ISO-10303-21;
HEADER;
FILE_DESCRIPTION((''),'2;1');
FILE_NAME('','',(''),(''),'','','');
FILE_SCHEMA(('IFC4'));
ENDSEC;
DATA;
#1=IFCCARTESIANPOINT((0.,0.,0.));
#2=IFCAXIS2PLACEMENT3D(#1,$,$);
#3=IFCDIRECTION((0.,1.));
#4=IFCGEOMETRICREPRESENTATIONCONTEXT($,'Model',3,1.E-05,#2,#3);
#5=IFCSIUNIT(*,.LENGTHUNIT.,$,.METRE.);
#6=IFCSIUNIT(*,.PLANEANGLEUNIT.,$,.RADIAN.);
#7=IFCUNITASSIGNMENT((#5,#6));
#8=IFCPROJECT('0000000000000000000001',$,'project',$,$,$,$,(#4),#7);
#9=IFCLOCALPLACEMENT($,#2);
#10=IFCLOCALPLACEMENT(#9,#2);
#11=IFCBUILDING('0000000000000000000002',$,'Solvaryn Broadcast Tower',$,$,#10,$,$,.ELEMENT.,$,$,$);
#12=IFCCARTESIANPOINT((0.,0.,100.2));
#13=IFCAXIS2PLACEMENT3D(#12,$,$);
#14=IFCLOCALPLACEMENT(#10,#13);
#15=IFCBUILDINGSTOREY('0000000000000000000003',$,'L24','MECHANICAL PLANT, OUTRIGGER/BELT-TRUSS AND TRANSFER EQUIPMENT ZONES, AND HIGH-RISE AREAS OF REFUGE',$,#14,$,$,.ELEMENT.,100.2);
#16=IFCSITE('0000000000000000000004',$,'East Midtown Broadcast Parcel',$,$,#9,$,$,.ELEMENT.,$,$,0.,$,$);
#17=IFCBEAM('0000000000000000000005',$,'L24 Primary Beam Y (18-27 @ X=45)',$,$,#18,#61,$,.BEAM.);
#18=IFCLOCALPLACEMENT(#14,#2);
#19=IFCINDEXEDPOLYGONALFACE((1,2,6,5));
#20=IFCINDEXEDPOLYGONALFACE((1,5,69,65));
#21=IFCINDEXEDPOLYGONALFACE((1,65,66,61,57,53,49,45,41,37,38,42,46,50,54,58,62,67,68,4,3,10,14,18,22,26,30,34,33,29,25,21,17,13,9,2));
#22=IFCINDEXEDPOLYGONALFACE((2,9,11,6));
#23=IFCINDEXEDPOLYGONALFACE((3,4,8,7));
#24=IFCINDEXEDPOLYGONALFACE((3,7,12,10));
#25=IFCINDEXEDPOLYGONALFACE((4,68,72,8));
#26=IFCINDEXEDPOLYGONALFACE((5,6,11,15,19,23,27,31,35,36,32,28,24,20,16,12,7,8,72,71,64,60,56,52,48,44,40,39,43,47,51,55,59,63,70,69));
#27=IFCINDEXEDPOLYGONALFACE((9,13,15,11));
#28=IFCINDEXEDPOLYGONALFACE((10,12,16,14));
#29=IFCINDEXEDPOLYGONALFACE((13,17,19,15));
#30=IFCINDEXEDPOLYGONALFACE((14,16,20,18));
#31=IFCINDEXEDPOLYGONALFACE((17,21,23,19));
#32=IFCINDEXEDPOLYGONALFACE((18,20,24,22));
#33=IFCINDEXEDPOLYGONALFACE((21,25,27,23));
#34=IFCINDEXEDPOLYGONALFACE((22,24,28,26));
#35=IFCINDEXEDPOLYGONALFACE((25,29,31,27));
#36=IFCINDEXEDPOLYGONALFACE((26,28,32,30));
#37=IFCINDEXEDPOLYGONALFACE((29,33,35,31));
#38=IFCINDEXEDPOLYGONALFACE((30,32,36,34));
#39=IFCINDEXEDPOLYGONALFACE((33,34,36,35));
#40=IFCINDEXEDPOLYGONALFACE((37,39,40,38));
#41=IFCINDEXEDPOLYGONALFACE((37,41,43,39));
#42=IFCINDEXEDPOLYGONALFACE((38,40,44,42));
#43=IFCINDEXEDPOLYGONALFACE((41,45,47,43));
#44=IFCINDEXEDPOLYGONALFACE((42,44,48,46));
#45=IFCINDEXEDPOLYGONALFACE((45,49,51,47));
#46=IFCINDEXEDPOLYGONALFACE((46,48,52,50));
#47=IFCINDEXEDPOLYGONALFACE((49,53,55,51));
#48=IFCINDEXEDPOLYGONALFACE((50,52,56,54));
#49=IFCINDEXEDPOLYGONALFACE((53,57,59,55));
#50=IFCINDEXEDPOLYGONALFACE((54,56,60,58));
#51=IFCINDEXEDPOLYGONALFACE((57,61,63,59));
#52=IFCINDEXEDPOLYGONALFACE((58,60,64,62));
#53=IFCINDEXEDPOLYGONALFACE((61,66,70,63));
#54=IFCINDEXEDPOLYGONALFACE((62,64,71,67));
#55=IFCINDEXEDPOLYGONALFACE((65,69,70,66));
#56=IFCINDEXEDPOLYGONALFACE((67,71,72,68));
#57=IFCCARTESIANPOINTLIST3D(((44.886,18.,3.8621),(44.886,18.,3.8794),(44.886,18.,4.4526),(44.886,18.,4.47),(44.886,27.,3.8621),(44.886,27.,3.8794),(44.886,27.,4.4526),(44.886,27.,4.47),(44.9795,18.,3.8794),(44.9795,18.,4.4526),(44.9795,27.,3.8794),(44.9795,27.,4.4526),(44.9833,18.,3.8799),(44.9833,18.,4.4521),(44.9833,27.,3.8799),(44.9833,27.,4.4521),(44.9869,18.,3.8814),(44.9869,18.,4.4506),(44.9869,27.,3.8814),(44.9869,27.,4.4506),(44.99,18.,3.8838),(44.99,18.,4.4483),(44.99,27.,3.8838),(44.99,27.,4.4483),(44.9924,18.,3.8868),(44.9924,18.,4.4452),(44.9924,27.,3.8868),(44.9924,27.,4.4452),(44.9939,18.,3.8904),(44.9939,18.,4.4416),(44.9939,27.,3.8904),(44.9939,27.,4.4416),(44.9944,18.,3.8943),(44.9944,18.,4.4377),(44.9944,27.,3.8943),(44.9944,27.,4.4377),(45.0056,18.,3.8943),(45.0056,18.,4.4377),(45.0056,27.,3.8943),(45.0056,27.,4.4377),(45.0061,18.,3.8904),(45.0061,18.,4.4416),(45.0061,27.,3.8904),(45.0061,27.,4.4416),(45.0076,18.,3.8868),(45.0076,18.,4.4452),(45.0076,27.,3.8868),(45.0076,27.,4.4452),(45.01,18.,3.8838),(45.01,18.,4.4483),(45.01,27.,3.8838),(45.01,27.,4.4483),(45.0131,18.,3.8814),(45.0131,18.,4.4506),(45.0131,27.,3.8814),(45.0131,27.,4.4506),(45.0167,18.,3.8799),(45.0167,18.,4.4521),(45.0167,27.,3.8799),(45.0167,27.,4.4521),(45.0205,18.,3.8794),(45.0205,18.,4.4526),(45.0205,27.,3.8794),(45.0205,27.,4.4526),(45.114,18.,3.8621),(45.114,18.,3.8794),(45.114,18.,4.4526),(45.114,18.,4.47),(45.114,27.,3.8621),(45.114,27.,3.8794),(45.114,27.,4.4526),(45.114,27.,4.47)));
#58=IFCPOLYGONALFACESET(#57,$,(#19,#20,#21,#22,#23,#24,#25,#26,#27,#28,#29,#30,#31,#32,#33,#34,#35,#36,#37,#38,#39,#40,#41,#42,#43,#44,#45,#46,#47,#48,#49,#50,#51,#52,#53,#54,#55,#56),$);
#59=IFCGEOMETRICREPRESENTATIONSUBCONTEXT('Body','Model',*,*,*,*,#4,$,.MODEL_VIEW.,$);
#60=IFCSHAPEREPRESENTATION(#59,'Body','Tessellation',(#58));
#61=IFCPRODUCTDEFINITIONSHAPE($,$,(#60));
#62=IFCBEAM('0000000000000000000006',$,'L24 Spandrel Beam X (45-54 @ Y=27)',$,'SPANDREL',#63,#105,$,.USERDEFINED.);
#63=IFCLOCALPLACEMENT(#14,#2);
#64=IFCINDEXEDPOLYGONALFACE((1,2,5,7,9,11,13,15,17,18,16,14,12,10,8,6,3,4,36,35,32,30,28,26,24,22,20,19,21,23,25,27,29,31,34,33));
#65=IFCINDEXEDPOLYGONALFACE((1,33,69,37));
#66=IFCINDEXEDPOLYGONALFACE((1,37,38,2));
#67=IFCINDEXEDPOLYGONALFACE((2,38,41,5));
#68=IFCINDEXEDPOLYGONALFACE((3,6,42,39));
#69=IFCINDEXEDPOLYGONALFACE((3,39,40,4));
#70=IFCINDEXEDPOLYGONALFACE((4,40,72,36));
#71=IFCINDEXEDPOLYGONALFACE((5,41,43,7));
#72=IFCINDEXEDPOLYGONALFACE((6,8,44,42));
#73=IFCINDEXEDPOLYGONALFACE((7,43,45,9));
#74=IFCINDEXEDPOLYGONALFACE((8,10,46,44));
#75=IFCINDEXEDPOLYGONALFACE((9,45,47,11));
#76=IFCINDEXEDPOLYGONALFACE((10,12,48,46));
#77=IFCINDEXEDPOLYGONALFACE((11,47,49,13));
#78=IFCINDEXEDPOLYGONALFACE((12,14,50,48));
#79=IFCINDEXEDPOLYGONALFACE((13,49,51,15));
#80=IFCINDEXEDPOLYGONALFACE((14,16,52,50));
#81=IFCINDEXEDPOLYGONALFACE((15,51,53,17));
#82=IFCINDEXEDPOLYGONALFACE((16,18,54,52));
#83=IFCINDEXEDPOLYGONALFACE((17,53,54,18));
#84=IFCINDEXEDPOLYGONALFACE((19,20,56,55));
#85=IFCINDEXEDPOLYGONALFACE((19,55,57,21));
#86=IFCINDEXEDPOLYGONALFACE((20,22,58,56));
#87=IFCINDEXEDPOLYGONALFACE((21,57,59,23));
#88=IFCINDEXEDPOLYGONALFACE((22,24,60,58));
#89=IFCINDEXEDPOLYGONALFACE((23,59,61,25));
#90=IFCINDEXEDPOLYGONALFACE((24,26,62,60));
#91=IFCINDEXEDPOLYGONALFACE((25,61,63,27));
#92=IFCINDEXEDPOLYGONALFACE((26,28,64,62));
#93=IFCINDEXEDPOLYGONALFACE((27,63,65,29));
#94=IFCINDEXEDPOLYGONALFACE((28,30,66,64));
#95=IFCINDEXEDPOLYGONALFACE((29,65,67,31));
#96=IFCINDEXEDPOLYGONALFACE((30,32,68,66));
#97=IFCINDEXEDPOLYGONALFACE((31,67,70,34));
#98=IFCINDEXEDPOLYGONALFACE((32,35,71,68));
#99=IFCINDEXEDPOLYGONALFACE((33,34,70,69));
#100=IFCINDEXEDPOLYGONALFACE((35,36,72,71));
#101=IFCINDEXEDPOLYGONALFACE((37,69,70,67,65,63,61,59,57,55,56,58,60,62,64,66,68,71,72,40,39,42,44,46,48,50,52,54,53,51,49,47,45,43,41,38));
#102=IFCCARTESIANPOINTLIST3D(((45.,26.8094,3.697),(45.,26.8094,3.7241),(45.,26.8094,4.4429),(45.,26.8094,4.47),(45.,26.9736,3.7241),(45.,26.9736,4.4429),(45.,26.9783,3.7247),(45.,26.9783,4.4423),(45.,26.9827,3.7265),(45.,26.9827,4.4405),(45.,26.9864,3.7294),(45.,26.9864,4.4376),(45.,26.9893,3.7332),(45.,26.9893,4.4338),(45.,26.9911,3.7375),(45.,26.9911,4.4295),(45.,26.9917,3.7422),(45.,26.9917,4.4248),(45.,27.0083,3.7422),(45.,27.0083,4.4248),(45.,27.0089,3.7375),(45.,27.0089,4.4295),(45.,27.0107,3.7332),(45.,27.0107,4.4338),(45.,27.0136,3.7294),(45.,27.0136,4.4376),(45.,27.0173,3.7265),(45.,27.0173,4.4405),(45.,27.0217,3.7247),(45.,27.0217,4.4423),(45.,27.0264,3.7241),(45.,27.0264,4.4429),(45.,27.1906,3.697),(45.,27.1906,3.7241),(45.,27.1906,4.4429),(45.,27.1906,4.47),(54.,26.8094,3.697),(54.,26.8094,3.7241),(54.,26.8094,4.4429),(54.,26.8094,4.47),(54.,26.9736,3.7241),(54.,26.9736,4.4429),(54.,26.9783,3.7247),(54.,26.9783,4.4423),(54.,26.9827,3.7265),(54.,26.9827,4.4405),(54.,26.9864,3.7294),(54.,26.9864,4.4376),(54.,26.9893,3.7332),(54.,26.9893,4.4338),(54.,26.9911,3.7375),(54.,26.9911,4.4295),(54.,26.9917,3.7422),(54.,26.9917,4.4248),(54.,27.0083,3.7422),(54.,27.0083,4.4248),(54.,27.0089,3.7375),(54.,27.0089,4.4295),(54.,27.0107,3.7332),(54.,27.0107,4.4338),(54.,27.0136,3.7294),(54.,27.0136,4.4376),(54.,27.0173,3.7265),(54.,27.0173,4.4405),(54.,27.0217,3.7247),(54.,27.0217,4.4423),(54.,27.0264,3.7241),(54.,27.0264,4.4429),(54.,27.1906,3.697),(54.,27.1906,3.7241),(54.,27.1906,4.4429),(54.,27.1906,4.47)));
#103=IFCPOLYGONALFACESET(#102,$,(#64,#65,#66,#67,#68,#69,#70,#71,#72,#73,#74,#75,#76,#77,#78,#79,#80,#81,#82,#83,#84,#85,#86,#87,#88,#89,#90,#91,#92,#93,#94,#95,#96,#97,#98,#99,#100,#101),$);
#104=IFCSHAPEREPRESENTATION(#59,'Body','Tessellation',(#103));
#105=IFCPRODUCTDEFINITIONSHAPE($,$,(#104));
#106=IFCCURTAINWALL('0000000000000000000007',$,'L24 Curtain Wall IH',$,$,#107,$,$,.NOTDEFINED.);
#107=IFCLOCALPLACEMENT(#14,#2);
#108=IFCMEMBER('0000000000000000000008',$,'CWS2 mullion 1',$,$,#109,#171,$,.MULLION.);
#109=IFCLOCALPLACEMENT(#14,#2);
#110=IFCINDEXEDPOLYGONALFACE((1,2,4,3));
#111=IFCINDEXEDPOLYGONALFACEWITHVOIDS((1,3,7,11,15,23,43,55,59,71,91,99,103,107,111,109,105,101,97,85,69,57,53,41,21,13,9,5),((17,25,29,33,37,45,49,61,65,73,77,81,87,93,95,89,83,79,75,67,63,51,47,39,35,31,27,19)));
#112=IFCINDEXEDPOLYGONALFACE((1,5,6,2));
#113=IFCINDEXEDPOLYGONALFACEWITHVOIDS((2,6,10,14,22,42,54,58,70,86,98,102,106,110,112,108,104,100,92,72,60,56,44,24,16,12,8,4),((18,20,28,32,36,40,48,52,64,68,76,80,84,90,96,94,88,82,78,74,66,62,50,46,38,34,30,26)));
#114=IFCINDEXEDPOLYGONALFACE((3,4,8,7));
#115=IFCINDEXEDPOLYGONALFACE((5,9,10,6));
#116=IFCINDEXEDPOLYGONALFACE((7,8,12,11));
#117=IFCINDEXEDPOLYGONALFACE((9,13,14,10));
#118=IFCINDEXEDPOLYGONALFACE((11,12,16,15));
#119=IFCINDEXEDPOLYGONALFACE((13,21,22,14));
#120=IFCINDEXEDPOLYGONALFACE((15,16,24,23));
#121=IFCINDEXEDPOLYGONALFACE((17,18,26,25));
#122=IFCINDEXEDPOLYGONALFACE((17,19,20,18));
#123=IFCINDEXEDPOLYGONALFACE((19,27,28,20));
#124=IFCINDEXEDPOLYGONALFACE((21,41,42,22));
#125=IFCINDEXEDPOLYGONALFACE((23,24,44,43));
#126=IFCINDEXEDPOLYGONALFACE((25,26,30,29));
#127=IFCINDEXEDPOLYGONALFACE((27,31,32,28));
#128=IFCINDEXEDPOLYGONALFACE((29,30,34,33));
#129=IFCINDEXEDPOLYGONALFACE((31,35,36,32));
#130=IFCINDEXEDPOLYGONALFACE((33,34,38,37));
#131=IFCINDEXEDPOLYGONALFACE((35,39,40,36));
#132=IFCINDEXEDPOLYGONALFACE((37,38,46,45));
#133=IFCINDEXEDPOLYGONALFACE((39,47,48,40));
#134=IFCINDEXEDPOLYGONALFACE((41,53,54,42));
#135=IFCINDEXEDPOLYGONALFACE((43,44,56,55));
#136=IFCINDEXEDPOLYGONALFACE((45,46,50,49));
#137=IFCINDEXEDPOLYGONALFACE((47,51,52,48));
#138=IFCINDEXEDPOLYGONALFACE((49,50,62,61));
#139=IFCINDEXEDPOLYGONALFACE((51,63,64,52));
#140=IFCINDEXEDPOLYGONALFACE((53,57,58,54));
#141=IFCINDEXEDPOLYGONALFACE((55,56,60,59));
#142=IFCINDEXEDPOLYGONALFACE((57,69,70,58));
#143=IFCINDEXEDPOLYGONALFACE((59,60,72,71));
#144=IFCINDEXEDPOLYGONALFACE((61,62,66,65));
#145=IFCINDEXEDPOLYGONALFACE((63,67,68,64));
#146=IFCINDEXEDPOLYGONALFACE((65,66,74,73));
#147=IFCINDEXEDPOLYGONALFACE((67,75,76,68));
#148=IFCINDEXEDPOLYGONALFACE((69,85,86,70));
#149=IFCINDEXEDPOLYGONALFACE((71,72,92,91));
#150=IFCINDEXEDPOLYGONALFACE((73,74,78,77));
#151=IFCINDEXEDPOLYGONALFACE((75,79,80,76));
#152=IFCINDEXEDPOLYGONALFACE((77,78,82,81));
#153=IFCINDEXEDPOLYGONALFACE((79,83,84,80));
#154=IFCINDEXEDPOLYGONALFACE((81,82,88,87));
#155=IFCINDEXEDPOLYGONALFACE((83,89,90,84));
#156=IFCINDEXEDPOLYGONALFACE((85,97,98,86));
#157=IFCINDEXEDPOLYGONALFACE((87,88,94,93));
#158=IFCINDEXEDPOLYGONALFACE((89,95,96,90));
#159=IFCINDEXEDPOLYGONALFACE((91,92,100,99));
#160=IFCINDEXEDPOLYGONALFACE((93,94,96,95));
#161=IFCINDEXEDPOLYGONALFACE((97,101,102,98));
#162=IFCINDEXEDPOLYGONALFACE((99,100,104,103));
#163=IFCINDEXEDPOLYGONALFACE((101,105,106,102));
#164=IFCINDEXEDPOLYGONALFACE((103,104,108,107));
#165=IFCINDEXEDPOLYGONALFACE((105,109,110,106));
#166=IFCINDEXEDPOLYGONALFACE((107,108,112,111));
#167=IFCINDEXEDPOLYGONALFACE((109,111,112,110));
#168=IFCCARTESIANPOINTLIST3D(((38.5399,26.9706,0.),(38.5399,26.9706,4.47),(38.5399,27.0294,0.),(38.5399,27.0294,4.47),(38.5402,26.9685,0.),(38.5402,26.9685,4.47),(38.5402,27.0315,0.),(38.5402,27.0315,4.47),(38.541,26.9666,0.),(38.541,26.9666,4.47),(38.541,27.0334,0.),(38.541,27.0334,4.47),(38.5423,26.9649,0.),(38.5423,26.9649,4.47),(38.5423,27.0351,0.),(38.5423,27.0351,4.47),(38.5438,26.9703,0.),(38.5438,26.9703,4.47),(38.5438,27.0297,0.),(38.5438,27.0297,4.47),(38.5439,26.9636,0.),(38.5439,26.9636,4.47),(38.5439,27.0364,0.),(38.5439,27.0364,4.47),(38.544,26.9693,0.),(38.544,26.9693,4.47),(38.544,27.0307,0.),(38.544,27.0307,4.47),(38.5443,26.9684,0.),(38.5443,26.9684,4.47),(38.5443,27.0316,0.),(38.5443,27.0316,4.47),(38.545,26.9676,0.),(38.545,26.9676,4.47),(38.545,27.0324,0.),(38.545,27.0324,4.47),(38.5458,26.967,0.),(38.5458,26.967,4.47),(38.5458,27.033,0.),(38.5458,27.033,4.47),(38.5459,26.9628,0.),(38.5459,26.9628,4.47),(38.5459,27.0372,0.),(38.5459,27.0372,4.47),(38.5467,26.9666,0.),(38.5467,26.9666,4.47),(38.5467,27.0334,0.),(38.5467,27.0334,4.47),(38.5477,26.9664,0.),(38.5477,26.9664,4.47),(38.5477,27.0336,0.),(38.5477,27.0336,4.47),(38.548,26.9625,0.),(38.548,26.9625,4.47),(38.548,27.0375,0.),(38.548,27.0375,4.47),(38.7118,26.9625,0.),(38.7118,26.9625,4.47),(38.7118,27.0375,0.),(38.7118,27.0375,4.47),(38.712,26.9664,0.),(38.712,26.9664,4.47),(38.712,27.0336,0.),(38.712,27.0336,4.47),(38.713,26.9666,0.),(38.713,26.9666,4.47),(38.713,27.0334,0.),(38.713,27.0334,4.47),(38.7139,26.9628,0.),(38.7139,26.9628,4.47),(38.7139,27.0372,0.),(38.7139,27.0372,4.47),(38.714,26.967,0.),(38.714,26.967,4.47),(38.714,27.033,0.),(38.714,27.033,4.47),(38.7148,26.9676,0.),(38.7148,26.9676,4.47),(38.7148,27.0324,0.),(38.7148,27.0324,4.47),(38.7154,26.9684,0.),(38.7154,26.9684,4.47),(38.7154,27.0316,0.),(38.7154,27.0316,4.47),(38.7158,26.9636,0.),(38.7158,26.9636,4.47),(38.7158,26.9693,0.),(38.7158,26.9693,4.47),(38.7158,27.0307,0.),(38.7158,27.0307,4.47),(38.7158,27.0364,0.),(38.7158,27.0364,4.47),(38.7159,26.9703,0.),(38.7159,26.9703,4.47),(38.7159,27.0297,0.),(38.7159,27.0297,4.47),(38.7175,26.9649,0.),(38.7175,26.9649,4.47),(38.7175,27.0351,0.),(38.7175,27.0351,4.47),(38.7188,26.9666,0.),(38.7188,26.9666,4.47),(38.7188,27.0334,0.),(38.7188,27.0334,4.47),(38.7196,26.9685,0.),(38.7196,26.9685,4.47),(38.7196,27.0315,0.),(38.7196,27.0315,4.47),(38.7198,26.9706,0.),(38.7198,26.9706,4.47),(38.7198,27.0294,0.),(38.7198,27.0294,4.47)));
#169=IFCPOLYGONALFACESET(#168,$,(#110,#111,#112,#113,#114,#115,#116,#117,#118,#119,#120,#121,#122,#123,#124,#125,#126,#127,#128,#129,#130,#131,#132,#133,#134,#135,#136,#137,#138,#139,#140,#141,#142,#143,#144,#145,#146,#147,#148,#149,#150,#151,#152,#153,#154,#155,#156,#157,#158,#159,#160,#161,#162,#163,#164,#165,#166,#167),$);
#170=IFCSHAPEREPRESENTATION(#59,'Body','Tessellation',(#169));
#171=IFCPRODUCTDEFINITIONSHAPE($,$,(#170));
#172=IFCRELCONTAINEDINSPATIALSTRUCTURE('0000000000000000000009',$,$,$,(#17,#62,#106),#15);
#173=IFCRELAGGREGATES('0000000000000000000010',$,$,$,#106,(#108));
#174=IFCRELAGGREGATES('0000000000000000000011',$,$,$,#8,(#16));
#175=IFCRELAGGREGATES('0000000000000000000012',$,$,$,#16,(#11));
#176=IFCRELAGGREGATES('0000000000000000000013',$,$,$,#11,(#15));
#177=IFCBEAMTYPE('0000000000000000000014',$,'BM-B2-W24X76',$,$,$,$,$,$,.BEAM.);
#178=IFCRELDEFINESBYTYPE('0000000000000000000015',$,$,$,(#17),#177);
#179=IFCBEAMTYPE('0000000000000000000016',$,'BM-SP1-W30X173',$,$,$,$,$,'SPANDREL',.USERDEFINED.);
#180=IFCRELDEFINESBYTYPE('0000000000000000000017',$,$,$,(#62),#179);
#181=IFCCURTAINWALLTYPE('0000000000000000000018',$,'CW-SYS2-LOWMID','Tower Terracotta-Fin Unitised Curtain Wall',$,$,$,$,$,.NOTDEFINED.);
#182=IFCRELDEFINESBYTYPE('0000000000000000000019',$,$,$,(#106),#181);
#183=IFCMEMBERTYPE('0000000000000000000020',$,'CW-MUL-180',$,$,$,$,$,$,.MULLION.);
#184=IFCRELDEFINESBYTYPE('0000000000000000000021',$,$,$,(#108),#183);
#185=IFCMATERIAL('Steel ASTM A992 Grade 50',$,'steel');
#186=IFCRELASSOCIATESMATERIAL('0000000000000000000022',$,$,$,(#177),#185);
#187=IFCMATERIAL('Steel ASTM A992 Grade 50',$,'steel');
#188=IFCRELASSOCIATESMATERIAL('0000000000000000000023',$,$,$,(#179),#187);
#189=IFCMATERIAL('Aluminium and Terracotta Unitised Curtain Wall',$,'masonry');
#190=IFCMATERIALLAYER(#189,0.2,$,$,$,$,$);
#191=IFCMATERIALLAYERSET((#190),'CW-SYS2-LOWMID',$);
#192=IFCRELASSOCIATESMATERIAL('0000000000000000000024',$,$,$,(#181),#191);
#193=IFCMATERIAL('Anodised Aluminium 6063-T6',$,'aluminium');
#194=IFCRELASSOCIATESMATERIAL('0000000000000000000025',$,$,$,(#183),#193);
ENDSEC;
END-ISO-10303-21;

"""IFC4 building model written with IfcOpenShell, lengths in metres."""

from ifc_helpers import new_model, si_unit, direction, frame, origin, origin_2d, place, context, subcontext, project, spatial, hollow_rectangle, i_section, extrude, material, layer, layer_set, material_profile, profile_set, type_object, element, aggregate, save


model = new_model("IFC4")

# Units and contexts
model_context = context("Model", 3, precision=1e-05, world=origin(), true_north=direction((0.0, 1.0)))
body_context = subcontext(model_context, "Body", "Model", "MODEL_VIEW")
ifc_project = project(units=[si_unit("LENGTHUNIT", "METRE"), si_unit("PLANEANGLEUNIT", "RADIAN")], contexts=[model_context])

# Site, building, storey
site_placement = place(None, origin())
site = spatial("IfcSite", under=ifc_project, at=site_placement, Name="East Midtown Broadcast Parcel", CompositionType="ELEMENT", RefElevation=0.0)
building_placement = place(site_placement, origin())
building = spatial("IfcBuilding", under=site, at=building_placement, Name="Solvaryn Broadcast Tower", CompositionType="ELEMENT")
storey_placement = place(building_placement, frame((0.0, 0.0, 100.2)))
storey = spatial("IfcBuildingStorey", under=building, at=storey_placement, Name="L24", Description="MECHANICAL PLANT, OUTRIGGER/BELT-TRUSS AND TRANSFER EQUIPMENT ZONES, AND HIGH-RISE AREAS OF REFUGE", CompositionType="ELEMENT", Elevation=100.2)

# Beams
ifc_material_1 = material(Name="Steel ASTM A992 Grade 50", Category="steel")
ifc_material_profile_1 = material_profile(ifc_material_1, i_section(OverallWidth=0.228, OverallDepth=0.6079, WebThickness=0.0112, FlangeThickness=0.0173, FilletRadius=0.0149, at=origin_2d()))
ifc_profile_set_1 = profile_set([ifc_material_profile_1], Name="Steel ASTM A992 Grade 50")
beam_type_1 = type_object("IfcBeamType", Name="BM-B2-W24X76", PredefinedType="BEAM", material=ifc_profile_set_1)
beam_1_placement = place(storey_placement, frame((45.0, 18.0, 4.166), z_axis=(0.0, 1.0, 0.0), x_axis=(-1.0, 0.0, 0.0)))
element("IfcBeam", 1, at=beam_1_placement, inside=storey, type_object=beam_type_1, Name="L24 Primary Beam Y (18-27 @ X=45)", PredefinedType="BEAM", context=body_context, shape_type="SweptSolid", body=[
    extrude(i_section(OverallWidth=0.228, OverallDepth=0.6079, WebThickness=0.0112, FlangeThickness=0.0173, FilletRadius=0.0149, at=origin_2d()), origin(), (0.0, 0.0, 1.0), 9.0),
])
ifc_material_2 = material(Name="Steel ASTM A992 Grade 50", Category="steel")
ifc_material_profile_2 = material_profile(ifc_material_2, i_section(OverallWidth=0.3811, OverallDepth=0.7729, WebThickness=0.0166, FlangeThickness=0.0271, FilletRadius=0.0181, at=origin_2d()))
ifc_profile_set_2 = profile_set([ifc_material_profile_2], Name="Steel ASTM A992 Grade 50")
beam_type_2 = type_object("IfcBeamType", Name="BM-SP1-W30X173", ElementType="SPANDREL", PredefinedType="USERDEFINED", material=ifc_profile_set_2)
beam_2_placement = place(storey_placement, frame((45.0, 27.0, 4.0835), z_axis=(1.0, 0.0, 0.0), x_axis=(0.0, 1.0, 0.0)))
element("IfcBeam", 2, at=beam_2_placement, inside=storey, type_object=beam_type_2, Name="L24 Spandrel Beam X (45-54 @ Y=27)", ObjectType="SPANDREL", PredefinedType="USERDEFINED", context=body_context, shape_type="SweptSolid", body=[
    extrude(i_section(OverallWidth=0.3811, OverallDepth=0.7729, WebThickness=0.0166, FlangeThickness=0.0271, FilletRadius=0.0181, at=origin_2d()), origin(), (0.0, 0.0, 1.0), 9.0),
])

# Curtain wall, member
ifc_material_3 = material(Name="Aluminium and Terracotta Unitised Curtain Wall", Category="masonry")
ifc_layer_1 = layer(ifc_material_3, 0.2)
ifc_layer_set_1 = layer_set([ifc_layer_1], Name="CW-SYS2-LOWMID")
curtain_wall_type = type_object("IfcCurtainWallType", Name="CW-SYS2-LOWMID", Description="Tower Terracotta-Fin Unitised Curtain Wall", PredefinedType="NOTDEFINED", material=ifc_layer_set_1)
curtain_wall_placement = place(storey_placement, origin())
curtain_wall = element("IfcCurtainWall", 3, at=curtain_wall_placement, inside=storey, type_object=curtain_wall_type, Name="L24 Curtain Wall IH", PredefinedType="NOTDEFINED")
ifc_material_4 = material(Name="Anodised Aluminium 6063-T6", Category="aluminium")
ifc_material_profile_3 = material_profile(ifc_material_4, hollow_rectangle(XDim=0.075, YDim=0.1799, WallThickness=0.0039, InnerFilletRadius=0.0039, OuterFilletRadius=0.0081, at=origin_2d()))
ifc_profile_set_3 = profile_set([ifc_material_profile_3], Name="Anodised Aluminium 6063-T6")
member_type_1 = type_object("IfcMemberType", Name="CW-MUL-180", PredefinedType="MULLION", material=ifc_profile_set_3)
member_1_placement = place(storey_placement, frame((38.6299, 27.0, 0.0), z_axis=(0.0, 0.0, 1.0), x_axis=(0.0, 1.0, 0.0)))
member_1 = element("IfcMember", 4, at=member_1_placement, type_object=member_type_1, Name="CWS2 mullion 1", PredefinedType="MULLION", context=body_context, shape_type="SweptSolid", body=[
    extrude(hollow_rectangle(XDim=0.075, YDim=0.1799, WallThickness=0.0039, InnerFilletRadius=0.0039, OuterFilletRadius=0.0081, at=origin_2d()), origin(), (0.0, 0.0, 1.0), 4.47),
])

aggregate(curtain_wall, [member_1])

save(model, "model.ifc")
